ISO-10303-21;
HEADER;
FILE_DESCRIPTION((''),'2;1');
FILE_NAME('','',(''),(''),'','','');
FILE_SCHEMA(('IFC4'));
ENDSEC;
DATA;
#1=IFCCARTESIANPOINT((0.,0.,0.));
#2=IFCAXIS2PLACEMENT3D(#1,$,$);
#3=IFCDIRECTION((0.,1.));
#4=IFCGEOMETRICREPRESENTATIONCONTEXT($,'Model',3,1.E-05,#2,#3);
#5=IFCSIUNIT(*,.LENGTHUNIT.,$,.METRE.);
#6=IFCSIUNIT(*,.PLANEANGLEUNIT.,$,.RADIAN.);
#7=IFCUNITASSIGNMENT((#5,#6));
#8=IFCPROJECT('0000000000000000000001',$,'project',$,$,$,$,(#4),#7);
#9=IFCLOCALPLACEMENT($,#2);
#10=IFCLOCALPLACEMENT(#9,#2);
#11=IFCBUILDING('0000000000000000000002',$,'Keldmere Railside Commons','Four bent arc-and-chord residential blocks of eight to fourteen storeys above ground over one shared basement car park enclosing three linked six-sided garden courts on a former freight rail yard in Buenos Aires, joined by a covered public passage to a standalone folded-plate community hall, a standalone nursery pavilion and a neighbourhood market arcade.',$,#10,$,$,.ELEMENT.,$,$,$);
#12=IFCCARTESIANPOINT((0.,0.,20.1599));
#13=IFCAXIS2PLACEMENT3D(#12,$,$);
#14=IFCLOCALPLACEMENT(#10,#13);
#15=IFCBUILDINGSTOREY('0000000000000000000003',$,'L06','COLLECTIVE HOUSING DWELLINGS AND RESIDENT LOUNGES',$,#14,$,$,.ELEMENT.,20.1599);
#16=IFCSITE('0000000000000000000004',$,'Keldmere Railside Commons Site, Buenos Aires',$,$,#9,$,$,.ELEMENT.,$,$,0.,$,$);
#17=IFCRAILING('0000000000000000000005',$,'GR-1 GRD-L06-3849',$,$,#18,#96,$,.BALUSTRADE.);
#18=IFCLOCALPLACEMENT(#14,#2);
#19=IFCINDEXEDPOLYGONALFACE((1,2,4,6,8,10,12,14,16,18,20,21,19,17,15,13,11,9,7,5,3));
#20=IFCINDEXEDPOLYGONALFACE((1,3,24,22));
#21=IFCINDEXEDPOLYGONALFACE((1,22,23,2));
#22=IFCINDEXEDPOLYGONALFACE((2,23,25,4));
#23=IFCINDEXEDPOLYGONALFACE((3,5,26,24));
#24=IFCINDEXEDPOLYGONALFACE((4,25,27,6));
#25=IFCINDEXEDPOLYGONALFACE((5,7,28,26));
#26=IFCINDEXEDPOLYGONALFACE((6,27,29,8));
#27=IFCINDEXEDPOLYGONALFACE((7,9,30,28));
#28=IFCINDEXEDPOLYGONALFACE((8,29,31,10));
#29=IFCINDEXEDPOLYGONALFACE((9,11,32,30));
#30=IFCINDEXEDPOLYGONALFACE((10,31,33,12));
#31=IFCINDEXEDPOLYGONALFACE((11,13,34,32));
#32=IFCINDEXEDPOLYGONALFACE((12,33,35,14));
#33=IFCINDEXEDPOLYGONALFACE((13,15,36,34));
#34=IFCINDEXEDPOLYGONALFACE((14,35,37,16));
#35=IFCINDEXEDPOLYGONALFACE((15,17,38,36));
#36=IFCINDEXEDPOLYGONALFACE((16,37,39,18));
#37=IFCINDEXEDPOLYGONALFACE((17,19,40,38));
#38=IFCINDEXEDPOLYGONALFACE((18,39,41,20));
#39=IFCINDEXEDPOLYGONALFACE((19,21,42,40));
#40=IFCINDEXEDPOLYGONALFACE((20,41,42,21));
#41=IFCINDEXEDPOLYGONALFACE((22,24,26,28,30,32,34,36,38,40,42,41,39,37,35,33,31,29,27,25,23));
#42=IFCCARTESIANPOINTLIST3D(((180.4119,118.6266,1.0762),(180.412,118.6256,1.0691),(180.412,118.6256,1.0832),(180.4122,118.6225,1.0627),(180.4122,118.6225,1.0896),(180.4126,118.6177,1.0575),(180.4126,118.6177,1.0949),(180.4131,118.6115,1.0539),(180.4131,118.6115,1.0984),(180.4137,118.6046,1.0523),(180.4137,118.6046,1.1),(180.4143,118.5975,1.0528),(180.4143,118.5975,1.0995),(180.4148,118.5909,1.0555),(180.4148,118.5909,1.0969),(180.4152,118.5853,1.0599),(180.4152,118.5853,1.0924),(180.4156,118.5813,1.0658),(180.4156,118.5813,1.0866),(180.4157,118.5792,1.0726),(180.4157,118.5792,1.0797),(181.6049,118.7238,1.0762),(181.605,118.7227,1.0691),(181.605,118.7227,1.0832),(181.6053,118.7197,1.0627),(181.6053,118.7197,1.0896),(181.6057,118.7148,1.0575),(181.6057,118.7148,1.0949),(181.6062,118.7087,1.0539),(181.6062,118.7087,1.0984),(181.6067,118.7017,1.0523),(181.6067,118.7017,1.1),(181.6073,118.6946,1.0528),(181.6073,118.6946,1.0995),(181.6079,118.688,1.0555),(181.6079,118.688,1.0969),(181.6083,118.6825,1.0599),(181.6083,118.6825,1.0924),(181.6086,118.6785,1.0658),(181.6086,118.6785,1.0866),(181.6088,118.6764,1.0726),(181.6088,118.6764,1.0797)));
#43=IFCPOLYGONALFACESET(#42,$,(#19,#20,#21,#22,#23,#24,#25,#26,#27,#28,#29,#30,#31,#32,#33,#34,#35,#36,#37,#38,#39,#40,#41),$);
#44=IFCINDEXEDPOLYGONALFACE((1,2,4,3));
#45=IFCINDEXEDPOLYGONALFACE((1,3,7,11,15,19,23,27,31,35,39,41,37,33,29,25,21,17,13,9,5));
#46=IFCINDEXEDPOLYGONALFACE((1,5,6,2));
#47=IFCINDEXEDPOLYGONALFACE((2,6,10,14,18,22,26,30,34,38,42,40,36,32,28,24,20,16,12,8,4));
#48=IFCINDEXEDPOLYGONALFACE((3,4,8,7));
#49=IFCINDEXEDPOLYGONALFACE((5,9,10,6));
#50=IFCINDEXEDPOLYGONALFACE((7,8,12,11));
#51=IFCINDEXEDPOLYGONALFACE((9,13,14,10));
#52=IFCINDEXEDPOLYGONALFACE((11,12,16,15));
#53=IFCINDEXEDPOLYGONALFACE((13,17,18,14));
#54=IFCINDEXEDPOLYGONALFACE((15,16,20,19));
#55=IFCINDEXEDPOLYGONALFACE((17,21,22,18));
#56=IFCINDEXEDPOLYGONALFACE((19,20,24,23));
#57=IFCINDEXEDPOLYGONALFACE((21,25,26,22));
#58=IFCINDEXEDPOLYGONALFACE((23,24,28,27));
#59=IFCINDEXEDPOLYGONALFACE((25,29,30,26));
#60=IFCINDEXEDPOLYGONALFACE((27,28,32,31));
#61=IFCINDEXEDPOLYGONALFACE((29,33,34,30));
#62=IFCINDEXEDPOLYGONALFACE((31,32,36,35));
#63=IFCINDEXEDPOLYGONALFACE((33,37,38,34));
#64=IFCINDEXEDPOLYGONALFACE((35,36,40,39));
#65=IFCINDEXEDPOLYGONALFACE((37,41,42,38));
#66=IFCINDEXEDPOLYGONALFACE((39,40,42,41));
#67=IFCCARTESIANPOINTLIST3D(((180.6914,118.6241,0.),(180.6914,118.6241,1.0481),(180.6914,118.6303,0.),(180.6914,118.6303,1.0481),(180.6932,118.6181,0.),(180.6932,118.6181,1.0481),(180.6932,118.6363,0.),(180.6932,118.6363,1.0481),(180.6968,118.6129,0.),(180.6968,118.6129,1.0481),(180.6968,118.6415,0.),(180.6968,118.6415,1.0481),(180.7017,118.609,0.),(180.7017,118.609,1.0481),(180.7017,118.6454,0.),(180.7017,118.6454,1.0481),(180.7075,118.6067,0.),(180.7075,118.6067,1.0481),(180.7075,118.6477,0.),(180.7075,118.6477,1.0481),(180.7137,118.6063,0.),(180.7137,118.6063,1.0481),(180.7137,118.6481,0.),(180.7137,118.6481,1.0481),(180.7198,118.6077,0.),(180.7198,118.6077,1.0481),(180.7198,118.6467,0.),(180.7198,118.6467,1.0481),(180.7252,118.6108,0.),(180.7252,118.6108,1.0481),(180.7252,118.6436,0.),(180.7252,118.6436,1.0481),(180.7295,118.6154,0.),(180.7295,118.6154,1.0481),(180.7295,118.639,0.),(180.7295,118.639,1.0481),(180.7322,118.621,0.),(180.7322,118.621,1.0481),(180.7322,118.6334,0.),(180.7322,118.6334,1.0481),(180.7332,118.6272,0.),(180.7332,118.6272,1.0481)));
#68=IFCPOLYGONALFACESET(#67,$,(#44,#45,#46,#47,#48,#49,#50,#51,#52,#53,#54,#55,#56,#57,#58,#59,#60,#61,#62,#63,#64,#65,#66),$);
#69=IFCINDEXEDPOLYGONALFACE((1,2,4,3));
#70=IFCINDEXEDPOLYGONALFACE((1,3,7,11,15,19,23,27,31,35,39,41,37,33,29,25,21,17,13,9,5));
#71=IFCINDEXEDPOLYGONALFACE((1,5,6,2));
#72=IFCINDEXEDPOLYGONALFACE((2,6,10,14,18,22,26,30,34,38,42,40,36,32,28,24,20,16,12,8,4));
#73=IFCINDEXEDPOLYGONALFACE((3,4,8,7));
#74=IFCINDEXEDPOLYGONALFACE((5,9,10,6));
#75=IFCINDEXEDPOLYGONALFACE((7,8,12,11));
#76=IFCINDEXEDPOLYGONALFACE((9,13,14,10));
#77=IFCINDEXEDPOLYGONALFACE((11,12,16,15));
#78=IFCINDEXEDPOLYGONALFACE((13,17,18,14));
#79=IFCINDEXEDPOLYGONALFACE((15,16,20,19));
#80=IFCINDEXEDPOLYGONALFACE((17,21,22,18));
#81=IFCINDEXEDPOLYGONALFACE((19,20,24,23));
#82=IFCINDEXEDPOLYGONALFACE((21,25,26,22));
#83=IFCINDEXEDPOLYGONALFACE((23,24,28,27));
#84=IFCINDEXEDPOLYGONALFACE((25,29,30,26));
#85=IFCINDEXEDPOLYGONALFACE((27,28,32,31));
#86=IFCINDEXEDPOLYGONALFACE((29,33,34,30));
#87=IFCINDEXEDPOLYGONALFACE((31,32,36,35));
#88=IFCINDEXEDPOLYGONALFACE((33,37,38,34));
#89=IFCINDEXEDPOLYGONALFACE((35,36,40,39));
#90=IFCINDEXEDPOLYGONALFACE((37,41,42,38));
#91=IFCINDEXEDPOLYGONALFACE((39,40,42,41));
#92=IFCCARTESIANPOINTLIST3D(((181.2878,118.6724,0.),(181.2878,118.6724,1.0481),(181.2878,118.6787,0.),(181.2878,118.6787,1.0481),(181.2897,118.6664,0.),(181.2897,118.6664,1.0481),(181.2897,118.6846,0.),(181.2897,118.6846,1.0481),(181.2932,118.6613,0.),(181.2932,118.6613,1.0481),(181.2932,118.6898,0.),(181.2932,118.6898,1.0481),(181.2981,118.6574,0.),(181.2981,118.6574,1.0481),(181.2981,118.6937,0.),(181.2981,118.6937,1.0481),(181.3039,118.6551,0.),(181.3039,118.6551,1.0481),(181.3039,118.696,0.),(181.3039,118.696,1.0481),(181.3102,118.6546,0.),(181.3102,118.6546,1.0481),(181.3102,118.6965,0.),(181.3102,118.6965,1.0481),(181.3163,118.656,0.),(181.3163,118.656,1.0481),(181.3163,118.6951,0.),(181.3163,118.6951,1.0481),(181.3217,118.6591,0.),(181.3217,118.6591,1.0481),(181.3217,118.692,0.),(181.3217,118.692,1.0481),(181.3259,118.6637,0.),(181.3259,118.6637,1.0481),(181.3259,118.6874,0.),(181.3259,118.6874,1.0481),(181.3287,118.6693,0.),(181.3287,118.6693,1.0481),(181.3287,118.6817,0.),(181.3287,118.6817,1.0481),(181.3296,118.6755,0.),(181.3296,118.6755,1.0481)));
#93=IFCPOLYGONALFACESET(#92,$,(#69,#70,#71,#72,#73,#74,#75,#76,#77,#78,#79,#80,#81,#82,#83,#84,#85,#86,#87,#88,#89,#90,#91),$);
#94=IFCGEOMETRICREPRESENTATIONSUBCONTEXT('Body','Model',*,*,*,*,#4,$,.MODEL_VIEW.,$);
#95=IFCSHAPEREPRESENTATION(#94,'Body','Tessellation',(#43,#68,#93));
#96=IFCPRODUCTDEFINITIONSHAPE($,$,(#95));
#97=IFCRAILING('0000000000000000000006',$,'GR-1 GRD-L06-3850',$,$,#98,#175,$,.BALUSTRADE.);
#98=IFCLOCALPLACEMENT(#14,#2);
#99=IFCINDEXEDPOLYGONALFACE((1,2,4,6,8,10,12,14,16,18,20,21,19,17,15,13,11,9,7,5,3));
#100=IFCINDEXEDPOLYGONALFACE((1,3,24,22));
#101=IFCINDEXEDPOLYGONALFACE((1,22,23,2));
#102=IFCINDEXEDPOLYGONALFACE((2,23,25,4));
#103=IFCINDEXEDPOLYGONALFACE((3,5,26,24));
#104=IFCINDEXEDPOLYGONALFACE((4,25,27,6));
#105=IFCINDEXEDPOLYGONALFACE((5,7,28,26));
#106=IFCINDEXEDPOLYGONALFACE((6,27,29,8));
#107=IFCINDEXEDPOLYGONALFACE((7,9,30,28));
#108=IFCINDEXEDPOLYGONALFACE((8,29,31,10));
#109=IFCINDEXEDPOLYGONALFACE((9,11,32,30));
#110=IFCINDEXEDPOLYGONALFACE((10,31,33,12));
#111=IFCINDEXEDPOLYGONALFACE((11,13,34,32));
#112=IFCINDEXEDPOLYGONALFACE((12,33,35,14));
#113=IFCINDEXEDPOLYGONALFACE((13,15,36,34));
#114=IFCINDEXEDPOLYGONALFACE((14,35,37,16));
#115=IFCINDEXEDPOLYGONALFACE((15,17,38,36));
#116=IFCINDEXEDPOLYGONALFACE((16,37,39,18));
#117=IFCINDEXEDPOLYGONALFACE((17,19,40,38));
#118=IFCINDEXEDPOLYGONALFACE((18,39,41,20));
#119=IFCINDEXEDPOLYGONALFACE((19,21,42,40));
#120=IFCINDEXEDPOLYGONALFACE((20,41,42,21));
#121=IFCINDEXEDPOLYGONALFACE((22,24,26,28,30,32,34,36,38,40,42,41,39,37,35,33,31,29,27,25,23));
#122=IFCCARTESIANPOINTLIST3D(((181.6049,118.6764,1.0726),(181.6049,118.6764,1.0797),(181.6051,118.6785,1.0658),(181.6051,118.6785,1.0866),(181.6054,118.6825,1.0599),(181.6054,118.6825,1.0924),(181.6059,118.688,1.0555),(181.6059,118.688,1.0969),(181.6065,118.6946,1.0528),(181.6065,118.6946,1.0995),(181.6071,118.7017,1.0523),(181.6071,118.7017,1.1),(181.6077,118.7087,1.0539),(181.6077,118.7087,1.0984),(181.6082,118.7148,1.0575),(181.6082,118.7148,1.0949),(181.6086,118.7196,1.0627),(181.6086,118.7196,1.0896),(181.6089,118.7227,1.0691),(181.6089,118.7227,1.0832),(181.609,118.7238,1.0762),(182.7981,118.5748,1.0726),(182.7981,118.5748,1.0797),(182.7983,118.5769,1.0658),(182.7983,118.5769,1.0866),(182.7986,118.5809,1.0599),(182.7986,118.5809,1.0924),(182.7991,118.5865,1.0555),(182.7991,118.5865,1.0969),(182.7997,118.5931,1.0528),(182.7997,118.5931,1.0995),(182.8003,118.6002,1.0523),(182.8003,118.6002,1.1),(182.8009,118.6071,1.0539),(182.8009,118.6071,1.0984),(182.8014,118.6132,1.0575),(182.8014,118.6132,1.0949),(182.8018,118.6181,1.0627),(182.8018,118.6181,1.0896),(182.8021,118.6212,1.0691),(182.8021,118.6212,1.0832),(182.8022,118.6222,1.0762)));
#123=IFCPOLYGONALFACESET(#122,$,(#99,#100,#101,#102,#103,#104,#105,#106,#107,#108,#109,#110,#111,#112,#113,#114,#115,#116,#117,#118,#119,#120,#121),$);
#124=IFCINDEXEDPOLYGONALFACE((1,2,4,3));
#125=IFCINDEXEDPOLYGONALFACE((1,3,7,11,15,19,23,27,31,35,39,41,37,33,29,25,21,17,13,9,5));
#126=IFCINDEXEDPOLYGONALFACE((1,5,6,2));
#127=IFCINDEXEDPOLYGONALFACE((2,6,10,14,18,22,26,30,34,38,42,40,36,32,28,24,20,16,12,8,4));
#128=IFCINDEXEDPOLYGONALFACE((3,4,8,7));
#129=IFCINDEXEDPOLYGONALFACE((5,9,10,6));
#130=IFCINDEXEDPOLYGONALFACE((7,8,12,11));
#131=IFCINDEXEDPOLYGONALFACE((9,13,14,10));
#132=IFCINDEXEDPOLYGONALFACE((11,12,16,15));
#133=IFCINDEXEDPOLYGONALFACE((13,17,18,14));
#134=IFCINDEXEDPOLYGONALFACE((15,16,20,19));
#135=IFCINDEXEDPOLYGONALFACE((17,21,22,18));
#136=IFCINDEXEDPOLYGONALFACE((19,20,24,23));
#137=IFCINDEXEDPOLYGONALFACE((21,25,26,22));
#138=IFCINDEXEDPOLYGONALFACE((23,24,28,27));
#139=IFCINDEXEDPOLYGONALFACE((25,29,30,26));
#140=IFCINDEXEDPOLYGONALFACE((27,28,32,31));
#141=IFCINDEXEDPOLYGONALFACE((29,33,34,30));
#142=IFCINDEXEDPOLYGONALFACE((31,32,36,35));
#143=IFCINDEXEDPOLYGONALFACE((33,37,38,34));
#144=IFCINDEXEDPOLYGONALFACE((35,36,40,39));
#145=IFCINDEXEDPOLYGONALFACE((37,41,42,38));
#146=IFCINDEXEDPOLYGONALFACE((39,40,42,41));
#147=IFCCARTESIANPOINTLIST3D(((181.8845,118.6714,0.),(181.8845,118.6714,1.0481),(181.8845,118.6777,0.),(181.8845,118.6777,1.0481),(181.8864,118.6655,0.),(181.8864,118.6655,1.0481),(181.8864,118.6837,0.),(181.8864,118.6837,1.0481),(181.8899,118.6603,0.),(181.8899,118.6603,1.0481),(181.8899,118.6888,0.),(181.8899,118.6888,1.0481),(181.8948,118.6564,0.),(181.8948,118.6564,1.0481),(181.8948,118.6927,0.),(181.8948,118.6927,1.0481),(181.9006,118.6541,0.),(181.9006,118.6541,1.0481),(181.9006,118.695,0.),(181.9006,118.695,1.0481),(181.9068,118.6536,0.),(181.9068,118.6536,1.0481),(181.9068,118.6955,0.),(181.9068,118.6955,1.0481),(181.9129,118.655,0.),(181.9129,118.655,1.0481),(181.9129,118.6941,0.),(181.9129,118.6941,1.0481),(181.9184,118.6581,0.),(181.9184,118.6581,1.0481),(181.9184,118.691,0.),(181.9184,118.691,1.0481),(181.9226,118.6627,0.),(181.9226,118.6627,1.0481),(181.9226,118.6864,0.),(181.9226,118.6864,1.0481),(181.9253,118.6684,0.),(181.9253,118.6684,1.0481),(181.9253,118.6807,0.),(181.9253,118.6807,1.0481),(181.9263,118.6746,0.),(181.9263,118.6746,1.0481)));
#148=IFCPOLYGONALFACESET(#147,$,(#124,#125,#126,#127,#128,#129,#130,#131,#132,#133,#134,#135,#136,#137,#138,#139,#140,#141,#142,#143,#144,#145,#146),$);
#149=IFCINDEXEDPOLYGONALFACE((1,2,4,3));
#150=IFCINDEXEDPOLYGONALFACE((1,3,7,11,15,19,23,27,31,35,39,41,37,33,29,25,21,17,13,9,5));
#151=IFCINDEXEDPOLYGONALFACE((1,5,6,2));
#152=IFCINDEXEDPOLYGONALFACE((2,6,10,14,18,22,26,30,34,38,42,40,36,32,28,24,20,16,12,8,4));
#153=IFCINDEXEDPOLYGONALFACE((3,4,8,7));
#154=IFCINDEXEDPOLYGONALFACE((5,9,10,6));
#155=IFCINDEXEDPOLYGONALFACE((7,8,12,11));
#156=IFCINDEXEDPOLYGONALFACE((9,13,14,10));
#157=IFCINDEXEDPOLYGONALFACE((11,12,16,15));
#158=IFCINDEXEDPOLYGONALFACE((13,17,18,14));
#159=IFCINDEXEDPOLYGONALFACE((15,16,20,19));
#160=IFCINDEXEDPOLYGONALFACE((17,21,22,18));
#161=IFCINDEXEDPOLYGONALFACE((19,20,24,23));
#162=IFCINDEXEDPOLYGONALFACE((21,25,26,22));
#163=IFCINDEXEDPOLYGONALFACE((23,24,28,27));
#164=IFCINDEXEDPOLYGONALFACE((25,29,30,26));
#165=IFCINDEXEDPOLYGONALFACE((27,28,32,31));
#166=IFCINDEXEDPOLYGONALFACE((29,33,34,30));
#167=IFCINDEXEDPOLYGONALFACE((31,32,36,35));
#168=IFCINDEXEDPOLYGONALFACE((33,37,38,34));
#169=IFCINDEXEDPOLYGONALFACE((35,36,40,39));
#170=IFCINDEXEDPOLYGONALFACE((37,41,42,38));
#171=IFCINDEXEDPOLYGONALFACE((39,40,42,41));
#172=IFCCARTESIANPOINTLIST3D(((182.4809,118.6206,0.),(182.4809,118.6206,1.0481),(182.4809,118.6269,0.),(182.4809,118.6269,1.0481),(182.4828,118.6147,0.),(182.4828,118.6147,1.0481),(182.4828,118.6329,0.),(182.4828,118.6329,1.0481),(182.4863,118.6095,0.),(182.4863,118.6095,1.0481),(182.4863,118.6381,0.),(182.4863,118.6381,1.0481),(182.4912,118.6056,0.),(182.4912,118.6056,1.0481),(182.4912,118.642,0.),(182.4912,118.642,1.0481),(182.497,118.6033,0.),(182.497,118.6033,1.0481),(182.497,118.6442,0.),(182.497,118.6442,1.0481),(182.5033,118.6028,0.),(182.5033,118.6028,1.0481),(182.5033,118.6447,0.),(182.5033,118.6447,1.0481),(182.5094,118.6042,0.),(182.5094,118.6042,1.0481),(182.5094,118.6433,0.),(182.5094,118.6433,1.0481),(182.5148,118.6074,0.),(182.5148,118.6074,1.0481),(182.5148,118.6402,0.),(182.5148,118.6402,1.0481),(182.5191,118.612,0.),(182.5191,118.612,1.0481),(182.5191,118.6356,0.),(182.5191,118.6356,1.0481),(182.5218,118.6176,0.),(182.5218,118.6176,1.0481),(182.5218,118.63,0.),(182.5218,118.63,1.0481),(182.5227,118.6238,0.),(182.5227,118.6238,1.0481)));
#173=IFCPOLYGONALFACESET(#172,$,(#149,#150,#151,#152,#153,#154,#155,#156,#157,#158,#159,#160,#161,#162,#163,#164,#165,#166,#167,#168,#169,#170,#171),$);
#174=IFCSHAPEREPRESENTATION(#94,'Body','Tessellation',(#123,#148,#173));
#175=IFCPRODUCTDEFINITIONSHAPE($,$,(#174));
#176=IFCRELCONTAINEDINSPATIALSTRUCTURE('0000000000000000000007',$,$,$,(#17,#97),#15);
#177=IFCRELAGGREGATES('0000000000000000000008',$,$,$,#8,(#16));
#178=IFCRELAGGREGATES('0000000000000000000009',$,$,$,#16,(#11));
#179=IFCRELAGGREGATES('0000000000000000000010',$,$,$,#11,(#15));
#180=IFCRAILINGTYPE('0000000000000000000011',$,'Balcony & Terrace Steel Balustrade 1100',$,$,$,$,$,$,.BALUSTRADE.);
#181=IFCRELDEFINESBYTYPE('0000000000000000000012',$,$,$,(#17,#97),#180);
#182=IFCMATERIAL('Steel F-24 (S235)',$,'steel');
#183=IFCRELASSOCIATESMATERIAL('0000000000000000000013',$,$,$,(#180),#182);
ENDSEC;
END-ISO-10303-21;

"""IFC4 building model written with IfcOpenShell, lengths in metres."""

from ifc_helpers import new_model, si_unit, direction, frame, origin, origin_2d, place, context, subcontext, project, spatial, circle, extrude, material, type_object, element, save


model = new_model("IFC4")

# Units and contexts
model_context = context("Model", 3, precision=1e-05, world=origin(), true_north=direction((0.0, 1.0)))
body_context = subcontext(model_context, "Body", "Model", "MODEL_VIEW")
ifc_project = project(units=[si_unit("LENGTHUNIT", "METRE"), si_unit("PLANEANGLEUNIT", "RADIAN")], contexts=[model_context])

# Site, building, storey
site_placement = place(None, origin())
site = spatial("IfcSite", under=ifc_project, at=site_placement, Name="Keldmere Railside Commons Site, Buenos Aires", CompositionType="ELEMENT", RefElevation=0.0)
building_placement = place(site_placement, origin())
building = spatial("IfcBuilding", under=site, at=building_placement, Name="Keldmere Railside Commons", Description="Four bent arc-and-chord residential blocks of eight to fourteen storeys above ground over one shared basement car park enclosing three linked six-sided garden courts on a former freight rail yard in Buenos Aires, joined by a covered public passage to a standalone folded-plate community hall, a standalone nursery pavilion and a neighbourhood market arcade.", CompositionType="ELEMENT")
storey_placement = place(building_placement, frame((0.0, 0.0, 20.1599)))
storey = spatial("IfcBuildingStorey", under=building, at=storey_placement, Name="L06", Description="COLLECTIVE HOUSING DWELLINGS AND RESIDENT LOUNGES", CompositionType="ELEMENT", Elevation=20.1599)

# Railings
ifc_material_1 = material(Name="Steel F-24 (S235)", Category="steel")
railing_type = type_object("IfcRailingType", Name="Balcony & Terrace Steel Balustrade 1100", PredefinedType="BALUSTRADE", material=ifc_material_1)
railing_1_placement = place(storey_placement, frame((180.4138, 118.6028, 0.0)))
element("IfcRailing", 1, at=railing_1_placement, inside=storey, type_object=railing_type, Name="GR-1 GRD-L06-3849", PredefinedType="BALUSTRADE", context=body_context, shape_type="SweptSolid", body=[
    extrude(circle(Radius=0.0239, at=origin_2d()), frame((0.0, 0.0, 1.0762), z_axis=(0.9967, 0.081172, 0.0), x_axis=(-0.081172, 0.9967, 0.0)), (0.0, 0.0, 1.0), 1.197),
    extrude(circle(Radius=0.021, at=origin_2d()), frame((0.2983, 0.0244, 0.0)), (0.0, 0.0, 1.0), 1.0481),
    extrude(circle(Radius=0.021, at=origin_2d()), frame((0.8948, 0.0728, 0.0)), (0.0, 0.0, 1.0), 1.0481),
])
railing_2_placement = place(storey_placement, frame((181.6069, 118.7, 0.0)))
element("IfcRailing", 2, at=railing_2_placement, inside=storey, type_object=railing_type, Name="GR-1 GRD-L06-3850", PredefinedType="BALUSTRADE", context=body_context, shape_type="SweptSolid", body=[
    extrude(circle(Radius=0.0239, at=origin_2d()), frame((0.0, 0.0, 1.0762), z_axis=(0.996397, -0.084817, 0.0), x_axis=(0.084817, 0.996397, 0.0)), (0.0, 0.0, 1.0), 1.1975),
    extrude(circle(Radius=0.021, at=origin_2d()), frame((0.2983, -0.0254, 0.0)), (0.0, 0.0, 1.0), 1.0481),
    extrude(circle(Radius=0.021, at=origin_2d()), frame((0.8948, -0.0762, 0.0)), (0.0, 0.0, 1.0), 1.0481),
])

save(model, "model.ifc")
